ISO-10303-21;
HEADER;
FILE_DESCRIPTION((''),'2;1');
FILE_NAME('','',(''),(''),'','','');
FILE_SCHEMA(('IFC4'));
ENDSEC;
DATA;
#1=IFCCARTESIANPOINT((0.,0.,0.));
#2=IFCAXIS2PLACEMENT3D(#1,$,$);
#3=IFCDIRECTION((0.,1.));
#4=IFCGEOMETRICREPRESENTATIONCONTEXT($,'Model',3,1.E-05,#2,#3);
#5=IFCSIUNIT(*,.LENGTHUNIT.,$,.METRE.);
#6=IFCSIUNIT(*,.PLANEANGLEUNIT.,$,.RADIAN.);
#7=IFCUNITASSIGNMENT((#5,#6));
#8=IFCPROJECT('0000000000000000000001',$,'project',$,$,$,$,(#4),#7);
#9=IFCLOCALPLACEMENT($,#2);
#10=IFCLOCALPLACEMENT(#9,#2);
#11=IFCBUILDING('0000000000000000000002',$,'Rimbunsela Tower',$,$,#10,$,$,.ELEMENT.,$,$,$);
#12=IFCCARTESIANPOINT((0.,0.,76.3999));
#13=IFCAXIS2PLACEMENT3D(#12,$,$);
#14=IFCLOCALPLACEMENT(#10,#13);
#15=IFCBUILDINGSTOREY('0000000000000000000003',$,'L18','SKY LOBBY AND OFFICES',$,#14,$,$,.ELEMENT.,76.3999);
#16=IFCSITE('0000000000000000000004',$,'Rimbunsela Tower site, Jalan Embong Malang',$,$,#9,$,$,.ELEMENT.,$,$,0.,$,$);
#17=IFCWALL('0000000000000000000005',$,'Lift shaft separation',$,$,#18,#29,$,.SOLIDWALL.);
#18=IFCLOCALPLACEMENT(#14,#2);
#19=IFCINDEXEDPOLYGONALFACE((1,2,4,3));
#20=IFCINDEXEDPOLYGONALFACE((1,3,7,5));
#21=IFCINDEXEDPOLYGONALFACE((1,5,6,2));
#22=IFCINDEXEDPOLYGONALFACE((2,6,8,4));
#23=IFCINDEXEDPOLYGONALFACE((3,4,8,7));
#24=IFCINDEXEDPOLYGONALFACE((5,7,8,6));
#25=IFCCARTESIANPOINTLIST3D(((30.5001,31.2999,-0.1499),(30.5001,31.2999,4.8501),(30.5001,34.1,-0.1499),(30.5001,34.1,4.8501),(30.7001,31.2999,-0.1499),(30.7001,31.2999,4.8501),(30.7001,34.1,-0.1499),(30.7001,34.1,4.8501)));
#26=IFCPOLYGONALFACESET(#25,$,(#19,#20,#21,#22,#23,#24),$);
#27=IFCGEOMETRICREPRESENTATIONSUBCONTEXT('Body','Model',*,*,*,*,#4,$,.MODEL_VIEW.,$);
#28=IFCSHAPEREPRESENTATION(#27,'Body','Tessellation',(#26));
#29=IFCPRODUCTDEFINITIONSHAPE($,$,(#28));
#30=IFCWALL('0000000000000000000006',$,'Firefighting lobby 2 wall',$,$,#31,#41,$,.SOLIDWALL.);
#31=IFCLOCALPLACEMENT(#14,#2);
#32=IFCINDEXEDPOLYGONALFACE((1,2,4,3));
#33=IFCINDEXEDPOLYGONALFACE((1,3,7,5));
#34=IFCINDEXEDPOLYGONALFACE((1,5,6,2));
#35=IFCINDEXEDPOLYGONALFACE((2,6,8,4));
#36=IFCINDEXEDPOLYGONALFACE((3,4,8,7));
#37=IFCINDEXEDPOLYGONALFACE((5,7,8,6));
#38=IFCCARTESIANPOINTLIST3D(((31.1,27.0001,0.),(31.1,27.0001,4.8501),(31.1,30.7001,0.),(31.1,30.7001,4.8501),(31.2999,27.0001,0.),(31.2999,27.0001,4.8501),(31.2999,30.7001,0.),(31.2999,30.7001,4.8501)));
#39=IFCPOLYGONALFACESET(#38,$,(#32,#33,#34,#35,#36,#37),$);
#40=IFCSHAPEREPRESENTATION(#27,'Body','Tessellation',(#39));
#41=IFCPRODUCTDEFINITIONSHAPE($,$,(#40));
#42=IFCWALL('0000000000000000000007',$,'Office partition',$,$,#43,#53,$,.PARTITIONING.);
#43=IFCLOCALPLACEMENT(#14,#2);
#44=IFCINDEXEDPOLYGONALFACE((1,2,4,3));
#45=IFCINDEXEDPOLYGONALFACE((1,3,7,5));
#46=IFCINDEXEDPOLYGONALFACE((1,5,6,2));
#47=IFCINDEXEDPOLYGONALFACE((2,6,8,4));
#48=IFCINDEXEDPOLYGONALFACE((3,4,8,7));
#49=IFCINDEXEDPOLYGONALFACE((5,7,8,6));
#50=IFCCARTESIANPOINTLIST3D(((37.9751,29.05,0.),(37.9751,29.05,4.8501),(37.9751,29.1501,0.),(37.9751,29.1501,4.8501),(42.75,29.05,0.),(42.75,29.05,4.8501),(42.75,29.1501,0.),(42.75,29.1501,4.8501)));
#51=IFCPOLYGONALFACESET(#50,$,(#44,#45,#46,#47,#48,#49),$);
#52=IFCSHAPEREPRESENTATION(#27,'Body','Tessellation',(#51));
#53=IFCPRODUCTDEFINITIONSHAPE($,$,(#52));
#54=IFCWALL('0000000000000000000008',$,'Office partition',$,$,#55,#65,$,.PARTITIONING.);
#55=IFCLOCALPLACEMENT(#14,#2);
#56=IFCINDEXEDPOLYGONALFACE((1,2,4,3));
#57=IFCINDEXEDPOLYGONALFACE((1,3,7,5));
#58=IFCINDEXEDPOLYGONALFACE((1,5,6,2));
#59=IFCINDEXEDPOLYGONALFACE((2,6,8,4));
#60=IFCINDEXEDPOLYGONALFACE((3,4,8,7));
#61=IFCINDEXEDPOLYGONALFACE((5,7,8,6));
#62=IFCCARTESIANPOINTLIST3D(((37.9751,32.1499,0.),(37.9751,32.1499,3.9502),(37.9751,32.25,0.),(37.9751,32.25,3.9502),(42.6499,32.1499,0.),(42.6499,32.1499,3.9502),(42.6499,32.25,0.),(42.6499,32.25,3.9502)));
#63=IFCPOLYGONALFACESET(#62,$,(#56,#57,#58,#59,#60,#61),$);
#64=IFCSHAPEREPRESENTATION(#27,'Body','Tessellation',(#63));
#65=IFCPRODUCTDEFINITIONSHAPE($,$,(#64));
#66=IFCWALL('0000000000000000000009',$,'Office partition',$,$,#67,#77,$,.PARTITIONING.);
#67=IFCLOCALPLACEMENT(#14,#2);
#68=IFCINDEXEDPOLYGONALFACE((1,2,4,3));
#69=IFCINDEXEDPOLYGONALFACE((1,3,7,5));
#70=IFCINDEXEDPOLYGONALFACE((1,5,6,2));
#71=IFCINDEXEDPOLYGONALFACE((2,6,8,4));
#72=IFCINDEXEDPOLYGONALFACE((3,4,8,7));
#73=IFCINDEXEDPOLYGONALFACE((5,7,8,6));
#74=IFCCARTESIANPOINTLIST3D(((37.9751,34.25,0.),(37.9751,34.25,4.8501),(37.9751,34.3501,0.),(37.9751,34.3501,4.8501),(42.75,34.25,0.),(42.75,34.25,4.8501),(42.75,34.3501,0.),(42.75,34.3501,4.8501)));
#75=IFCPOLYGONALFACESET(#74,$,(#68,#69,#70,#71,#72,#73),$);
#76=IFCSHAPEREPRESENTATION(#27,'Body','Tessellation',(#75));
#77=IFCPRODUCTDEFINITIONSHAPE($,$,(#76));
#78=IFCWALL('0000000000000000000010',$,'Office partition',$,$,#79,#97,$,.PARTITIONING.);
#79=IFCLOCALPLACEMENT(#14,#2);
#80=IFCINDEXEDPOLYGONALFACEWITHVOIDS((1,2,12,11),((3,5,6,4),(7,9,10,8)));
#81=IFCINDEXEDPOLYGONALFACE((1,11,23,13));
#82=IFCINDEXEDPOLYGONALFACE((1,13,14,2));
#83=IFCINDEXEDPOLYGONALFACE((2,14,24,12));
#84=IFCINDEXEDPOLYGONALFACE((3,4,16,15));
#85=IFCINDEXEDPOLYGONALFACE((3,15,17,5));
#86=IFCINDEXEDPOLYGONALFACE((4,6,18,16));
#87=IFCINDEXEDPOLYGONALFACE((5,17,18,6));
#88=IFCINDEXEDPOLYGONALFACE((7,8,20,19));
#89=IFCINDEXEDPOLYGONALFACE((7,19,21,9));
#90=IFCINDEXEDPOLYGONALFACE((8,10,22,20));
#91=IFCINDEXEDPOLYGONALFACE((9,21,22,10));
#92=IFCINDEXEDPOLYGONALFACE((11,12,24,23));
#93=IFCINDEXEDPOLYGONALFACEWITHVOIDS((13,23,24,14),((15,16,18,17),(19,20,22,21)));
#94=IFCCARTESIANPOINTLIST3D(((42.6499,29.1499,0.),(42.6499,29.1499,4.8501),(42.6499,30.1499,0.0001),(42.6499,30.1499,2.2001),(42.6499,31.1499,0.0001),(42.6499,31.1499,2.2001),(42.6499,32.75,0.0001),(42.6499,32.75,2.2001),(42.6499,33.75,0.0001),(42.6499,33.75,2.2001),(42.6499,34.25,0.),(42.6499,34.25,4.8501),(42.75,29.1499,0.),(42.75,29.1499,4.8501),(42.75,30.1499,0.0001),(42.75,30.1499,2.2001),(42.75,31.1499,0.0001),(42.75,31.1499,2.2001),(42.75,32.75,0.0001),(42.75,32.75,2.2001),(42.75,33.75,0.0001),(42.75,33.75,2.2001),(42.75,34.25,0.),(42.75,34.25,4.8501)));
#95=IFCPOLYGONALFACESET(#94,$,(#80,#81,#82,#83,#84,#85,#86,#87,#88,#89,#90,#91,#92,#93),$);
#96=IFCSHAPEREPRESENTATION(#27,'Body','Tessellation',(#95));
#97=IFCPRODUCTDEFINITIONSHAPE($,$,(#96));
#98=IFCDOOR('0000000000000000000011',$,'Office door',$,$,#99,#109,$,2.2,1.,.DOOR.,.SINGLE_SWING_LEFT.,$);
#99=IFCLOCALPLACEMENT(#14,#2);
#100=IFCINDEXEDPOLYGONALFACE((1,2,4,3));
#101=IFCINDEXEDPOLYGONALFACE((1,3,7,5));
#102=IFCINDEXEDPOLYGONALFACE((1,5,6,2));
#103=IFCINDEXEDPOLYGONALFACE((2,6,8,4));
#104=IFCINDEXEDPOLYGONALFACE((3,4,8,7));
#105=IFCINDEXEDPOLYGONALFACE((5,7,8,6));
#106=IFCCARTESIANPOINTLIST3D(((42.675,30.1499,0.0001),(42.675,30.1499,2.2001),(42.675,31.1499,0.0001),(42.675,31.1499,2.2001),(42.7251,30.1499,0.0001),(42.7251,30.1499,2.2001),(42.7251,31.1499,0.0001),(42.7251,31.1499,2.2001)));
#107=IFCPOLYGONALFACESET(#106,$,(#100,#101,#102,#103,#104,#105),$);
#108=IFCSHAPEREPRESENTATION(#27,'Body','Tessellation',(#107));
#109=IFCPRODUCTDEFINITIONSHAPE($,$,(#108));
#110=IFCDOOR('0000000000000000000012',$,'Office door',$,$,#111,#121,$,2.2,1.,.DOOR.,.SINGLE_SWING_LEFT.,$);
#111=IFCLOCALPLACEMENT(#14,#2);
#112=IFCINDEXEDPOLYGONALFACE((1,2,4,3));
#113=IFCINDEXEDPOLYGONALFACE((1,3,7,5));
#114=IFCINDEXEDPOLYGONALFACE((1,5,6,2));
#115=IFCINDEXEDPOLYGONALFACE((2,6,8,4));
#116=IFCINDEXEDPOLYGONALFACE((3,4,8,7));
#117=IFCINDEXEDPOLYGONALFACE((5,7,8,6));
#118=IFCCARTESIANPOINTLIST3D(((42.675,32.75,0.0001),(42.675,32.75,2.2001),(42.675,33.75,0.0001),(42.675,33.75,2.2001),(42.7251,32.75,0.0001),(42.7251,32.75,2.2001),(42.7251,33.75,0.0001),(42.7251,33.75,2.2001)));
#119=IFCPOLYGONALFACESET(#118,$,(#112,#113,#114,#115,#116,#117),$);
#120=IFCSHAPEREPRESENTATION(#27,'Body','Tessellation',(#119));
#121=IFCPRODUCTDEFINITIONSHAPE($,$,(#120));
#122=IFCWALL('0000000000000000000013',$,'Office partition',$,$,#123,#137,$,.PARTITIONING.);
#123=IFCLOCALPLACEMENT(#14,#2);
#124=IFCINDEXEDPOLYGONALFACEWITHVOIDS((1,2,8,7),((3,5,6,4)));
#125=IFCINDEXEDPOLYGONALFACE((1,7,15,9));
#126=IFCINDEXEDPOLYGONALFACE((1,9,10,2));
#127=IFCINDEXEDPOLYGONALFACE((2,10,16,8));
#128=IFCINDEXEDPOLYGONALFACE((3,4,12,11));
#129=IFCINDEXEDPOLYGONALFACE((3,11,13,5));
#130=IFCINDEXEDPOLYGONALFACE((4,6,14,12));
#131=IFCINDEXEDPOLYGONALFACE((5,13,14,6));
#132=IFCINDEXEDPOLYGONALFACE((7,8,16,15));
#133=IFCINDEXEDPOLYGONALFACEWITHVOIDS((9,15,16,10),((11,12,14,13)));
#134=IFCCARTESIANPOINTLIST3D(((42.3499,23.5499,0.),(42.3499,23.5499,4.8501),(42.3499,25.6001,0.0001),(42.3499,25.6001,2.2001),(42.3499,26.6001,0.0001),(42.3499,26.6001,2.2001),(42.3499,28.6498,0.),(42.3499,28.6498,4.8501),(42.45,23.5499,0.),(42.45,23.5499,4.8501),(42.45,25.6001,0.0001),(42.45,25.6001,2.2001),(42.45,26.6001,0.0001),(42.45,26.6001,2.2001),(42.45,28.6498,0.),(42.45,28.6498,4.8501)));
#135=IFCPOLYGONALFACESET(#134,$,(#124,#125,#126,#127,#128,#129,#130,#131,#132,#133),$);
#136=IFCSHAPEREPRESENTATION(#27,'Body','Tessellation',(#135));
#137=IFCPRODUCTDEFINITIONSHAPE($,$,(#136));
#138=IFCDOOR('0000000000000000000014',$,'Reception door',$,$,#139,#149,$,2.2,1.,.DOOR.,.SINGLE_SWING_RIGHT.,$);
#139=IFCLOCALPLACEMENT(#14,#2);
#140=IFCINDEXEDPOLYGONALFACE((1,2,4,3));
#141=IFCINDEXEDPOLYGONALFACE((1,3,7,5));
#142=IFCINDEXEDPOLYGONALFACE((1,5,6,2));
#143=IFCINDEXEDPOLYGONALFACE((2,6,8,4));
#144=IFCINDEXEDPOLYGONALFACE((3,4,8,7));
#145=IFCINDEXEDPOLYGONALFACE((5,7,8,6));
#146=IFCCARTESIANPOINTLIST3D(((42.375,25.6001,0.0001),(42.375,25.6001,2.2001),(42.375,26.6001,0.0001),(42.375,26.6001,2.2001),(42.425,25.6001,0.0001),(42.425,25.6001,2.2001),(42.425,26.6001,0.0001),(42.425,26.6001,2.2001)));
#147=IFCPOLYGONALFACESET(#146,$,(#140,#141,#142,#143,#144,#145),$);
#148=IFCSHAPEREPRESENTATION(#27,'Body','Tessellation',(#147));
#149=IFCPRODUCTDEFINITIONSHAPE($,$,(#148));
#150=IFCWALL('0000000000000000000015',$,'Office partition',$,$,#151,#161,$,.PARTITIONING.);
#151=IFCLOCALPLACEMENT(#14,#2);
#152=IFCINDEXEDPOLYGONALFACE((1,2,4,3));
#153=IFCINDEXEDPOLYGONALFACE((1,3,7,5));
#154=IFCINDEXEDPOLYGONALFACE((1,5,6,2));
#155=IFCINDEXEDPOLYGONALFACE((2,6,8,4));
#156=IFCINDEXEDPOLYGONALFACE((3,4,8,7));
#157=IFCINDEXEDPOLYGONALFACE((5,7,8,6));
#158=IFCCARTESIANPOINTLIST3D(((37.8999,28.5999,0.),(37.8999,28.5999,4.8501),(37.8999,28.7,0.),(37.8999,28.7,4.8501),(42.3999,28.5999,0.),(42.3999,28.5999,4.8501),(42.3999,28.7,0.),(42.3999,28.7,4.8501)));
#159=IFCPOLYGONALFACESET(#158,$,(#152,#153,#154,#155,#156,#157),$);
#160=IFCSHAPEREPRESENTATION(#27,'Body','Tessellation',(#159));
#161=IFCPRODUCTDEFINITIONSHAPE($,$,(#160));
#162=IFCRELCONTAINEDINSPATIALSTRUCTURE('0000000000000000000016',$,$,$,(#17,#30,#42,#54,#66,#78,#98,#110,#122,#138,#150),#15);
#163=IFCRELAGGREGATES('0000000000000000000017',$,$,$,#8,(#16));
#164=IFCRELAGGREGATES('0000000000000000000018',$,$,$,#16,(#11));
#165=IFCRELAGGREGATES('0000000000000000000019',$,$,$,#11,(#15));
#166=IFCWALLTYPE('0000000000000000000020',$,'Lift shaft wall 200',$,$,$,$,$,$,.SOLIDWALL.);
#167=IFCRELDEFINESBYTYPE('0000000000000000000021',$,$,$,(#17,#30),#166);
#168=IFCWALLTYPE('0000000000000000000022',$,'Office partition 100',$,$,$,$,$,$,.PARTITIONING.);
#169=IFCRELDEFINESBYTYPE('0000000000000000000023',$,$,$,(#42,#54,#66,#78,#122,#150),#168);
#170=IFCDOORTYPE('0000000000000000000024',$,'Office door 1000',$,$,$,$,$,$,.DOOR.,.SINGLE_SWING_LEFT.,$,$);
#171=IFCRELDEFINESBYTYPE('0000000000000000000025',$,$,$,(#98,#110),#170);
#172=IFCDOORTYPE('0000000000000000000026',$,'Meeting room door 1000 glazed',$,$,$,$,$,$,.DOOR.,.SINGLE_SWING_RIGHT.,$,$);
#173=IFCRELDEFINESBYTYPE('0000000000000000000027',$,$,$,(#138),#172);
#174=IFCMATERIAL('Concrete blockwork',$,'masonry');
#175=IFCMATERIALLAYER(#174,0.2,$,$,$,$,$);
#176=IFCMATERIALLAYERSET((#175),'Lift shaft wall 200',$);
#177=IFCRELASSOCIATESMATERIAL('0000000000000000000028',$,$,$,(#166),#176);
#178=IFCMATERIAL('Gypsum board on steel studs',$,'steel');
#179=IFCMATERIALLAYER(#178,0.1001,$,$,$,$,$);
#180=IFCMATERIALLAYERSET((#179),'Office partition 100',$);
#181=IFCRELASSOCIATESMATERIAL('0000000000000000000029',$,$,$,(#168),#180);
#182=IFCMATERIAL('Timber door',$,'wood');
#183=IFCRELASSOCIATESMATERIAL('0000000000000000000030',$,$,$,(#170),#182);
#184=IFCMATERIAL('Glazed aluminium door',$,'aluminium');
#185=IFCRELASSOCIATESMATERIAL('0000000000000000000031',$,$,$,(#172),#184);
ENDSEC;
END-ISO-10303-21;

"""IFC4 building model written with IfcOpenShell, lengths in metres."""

from ifc_helpers import new_model, si_unit, direction, frame, frame_2d, origin, place, context, subcontext, project, spatial, rectangle, extrude, material, layer, layer_set, type_object, element, fill, save


model = new_model("IFC4")

# Units and contexts
model_context = context("Model", 3, precision=1e-05, world=origin(), true_north=direction((0.0, 1.0)))
body_context = subcontext(model_context, "Body", "Model", "MODEL_VIEW")
ifc_project = project(units=[si_unit("LENGTHUNIT", "METRE"), si_unit("PLANEANGLEUNIT", "RADIAN")], contexts=[model_context])

# Site, building, storey
site_placement = place(None, origin())
site = spatial("IfcSite", under=ifc_project, at=site_placement, Name="Rimbunsela Tower site, Jalan Embong Malang", CompositionType="ELEMENT", RefElevation=0.0)
building_placement = place(site_placement, origin())
building = spatial("IfcBuilding", under=site, at=building_placement, Name="Rimbunsela Tower", CompositionType="ELEMENT")
storey_placement = place(building_placement, frame((0.0, 0.0, 76.3999)))
storey = spatial("IfcBuildingStorey", under=building, at=storey_placement, Name="L18", Description="SKY LOBBY AND OFFICES", CompositionType="ELEMENT", Elevation=76.3999)

# Walls
ifc_material_1 = material(Name="Concrete blockwork", Category="masonry")
ifc_layer_1 = layer(ifc_material_1, 0.2)
ifc_layer_set_1 = layer_set([ifc_layer_1], Name="Lift shaft wall 200")
wall_type_1 = type_object("IfcWallType", Name="Lift shaft wall 200", PredefinedType="SOLIDWALL", material=ifc_layer_set_1)
wall_1_placement = place(storey_placement, frame((30.6001, 31.3, -0.1499), z_axis=(0.0, 0.0, 1.0), x_axis=(0.0, 1.0, 0.0)))
element("IfcWall", 1, at=wall_1_placement, inside=storey, type_object=wall_type_1, Name="Lift shaft separation", PredefinedType="SOLIDWALL", context=body_context, shape_type="SweptSolid", body=[
    extrude(rectangle(XDim=2.8, YDim=0.2, at=frame_2d((1.3999, 0.0))), origin(), (0.0, 0.0, 1.0), 5.0),
])
wall_2_placement = place(storey_placement, frame((31.2, 27.0, 0.0), z_axis=(0.0, 0.0, 1.0), x_axis=(0.0, 1.0, 0.0)))
element("IfcWall", 2, at=wall_2_placement, inside=storey, type_object=wall_type_1, Name="Firefighting lobby 2 wall", PredefinedType="SOLIDWALL", context=body_context, shape_type="SweptSolid", body=[
    extrude(rectangle(XDim=3.7, YDim=0.2, at=frame_2d((1.8501, 0.0))), origin(), (0.0, 0.0, 1.0), 4.8501),
])
ifc_material_2 = material(Name="Gypsum board on steel studs", Category="steel")
ifc_layer_2 = layer(ifc_material_2, 0.1001)
ifc_layer_set_2 = layer_set([ifc_layer_2], Name="Office partition 100")
wall_type_2 = type_object("IfcWallType", Name="Office partition 100", PredefinedType="PARTITIONING", material=ifc_layer_set_2)
wall_3_placement = place(storey_placement, frame((37.9751, 29.1001, 0.0), z_axis=(0.0, 0.0, 1.0), x_axis=(1.0, 0.0, 0.0)))
element("IfcWall", 3, at=wall_3_placement, inside=storey, type_object=wall_type_2, Name="Office partition", PredefinedType="PARTITIONING", context=body_context, shape_type="SweptSolid", body=[
    extrude(rectangle(XDim=4.7749, YDim=0.1001, at=frame_2d((2.3875, 0.0))), origin(), (0.0, 0.0, 1.0), 4.8501),
])
wall_4_placement = place(storey_placement, frame((37.9751, 32.2, 0.0), z_axis=(0.0, 0.0, 1.0), x_axis=(1.0, 0.0, 0.0)))
element("IfcWall", 4, at=wall_4_placement, inside=storey, type_object=wall_type_2, Name="Office partition", PredefinedType="PARTITIONING", context=body_context, shape_type="SweptSolid", body=[
    extrude(rectangle(XDim=4.6748, YDim=0.1001, at=frame_2d((2.3374, 0.0))), origin(), (0.0, 0.0, 1.0), 3.9502),
])
wall_5_placement = place(storey_placement, frame((37.9751, 34.3, 0.0), z_axis=(0.0, 0.0, 1.0), x_axis=(1.0, 0.0, 0.0)))
element("IfcWall", 5, at=wall_5_placement, inside=storey, type_object=wall_type_2, Name="Office partition", PredefinedType="PARTITIONING", context=body_context, shape_type="SweptSolid", body=[
    extrude(rectangle(XDim=4.7749, YDim=0.1001, at=frame_2d((2.3875, 0.0))), origin(), (0.0, 0.0, 1.0), 4.8501),
])

# Wall, openings, doors
wall_6_placement = place(storey_placement, frame((42.7, 29.1499, 0.0), z_axis=(0.0, 0.0, 1.0), x_axis=(0.0, 1.0, 0.0)))
wall_6 = element("IfcWall", 6, at=wall_6_placement, inside=storey, type_object=wall_type_2, Name="Office partition", PredefinedType="PARTITIONING", context=body_context, shape_type="SweptSolid", body=[
    extrude(rectangle(XDim=5.1001, YDim=0.1001, at=frame_2d((2.55, 0.0))), origin(), (0.0, 0.0, 1.0), 4.8501),
])
opening_1_placement = place(wall_6_placement, frame((1.0, 0.0, 0.0)))
opening_1 = element("IfcOpeningElement", 7, at=opening_1_placement, cuts=wall_6, PredefinedType="OPENING", context=body_context, shape_type="SweptSolid", body=[
    extrude(rectangle(XDim=1.0, YDim=2.2, at=frame_2d((0.5, 1.1001))), frame((0.0, 0.0601, 0.0), z_axis=(0.0, -1.0, 0.0), x_axis=(1.0, 0.0, 0.0)), (0.0, 0.0, 1.0), 0.1201),
])
opening_2_placement = place(wall_6_placement, frame((3.6001, 0.0, 0.0)))
opening_2 = element("IfcOpeningElement", 8, at=opening_2_placement, cuts=wall_6, PredefinedType="OPENING", context=body_context, shape_type="SweptSolid", body=[
    extrude(rectangle(XDim=1.0, YDim=2.2, at=frame_2d((0.5, 1.1001))), frame((0.0, 0.0601, 0.0), z_axis=(0.0, -1.0, 0.0), x_axis=(1.0, 0.0, 0.0)), (0.0, 0.0, 1.0), 0.1201),
])
ifc_material_3 = material(Name="Timber door", Category="wood")
door_type_1 = type_object("IfcDoorType", Name="Office door 1000", OperationType="SINGLE_SWING_LEFT", PredefinedType="DOOR", material=ifc_material_3)
door_1_placement = place(opening_1_placement, origin())
door_1 = element("IfcDoor", 9, at=door_1_placement, inside=storey, type_object=door_type_1, Name="Office door", OperationType="SINGLE_SWING_LEFT", OverallHeight=2.2, OverallWidth=1.0, PredefinedType="DOOR", context=body_context, shape_type="SweptSolid", body=[
    extrude(rectangle(XDim=1.0, YDim=2.2, at=frame_2d((0.5, 1.1001))), frame((0.0, 0.0249, 0.0), z_axis=(0.0, -1.0, 0.0), x_axis=(1.0, 0.0, 0.0)), (0.0, 0.0, 1.0), 0.05),
])
fill(opening_1, door_1)
door_2_placement = place(opening_2_placement, origin())
door_2 = element("IfcDoor", 10, at=door_2_placement, inside=storey, type_object=door_type_1, Name="Office door", OperationType="SINGLE_SWING_LEFT", OverallHeight=2.2, OverallWidth=1.0, PredefinedType="DOOR", context=body_context, shape_type="SweptSolid", body=[
    extrude(rectangle(XDim=1.0, YDim=2.2, at=frame_2d((0.5, 1.1001))), frame((0.0, 0.0249, 0.0), z_axis=(0.0, -1.0, 0.0), x_axis=(1.0, 0.0, 0.0)), (0.0, 0.0, 1.0), 0.05),
])
fill(opening_2, door_2)

# Wall, opening, door
wall_7_placement = place(storey_placement, frame((42.3999, 23.55, 0.0), z_axis=(0.0, 0.0, 1.0), x_axis=(0.0, 1.0, 0.0)))
wall_7 = element("IfcWall", 11, at=wall_7_placement, inside=storey, type_object=wall_type_2, Name="Office partition", PredefinedType="PARTITIONING", context=body_context, shape_type="SweptSolid", body=[
    extrude(rectangle(XDim=5.0999, YDim=0.1001, at=frame_2d((2.5498, 0.0))), origin(), (0.0, 0.0, 1.0), 4.8501),
])
opening_3_placement = place(wall_7_placement, frame((2.05, 0.0, 0.0)))
opening_3 = element("IfcOpeningElement", 12, at=opening_3_placement, cuts=wall_7, PredefinedType="OPENING", context=body_context, shape_type="SweptSolid", body=[
    extrude(rectangle(XDim=1.0, YDim=2.2, at=frame_2d((0.5, 1.1001))), frame((0.0, 0.0601, 0.0), z_axis=(0.0, -1.0, 0.0), x_axis=(1.0, 0.0, 0.0)), (0.0, 0.0, 1.0), 0.1201),
])
ifc_material_4 = material(Name="Glazed aluminium door", Category="aluminium")
door_type_2 = type_object("IfcDoorType", Name="Meeting room door 1000 glazed", OperationType="SINGLE_SWING_RIGHT", PredefinedType="DOOR", material=ifc_material_4)
door_3_placement = place(opening_3_placement, origin())
door_3 = element("IfcDoor", 13, at=door_3_placement, inside=storey, type_object=door_type_2, Name="Reception door", OperationType="SINGLE_SWING_RIGHT", OverallHeight=2.2, OverallWidth=1.0, PredefinedType="DOOR", context=body_context, shape_type="SweptSolid", body=[
    extrude(rectangle(XDim=1.0, YDim=2.2, at=frame_2d((0.5, 1.1001))), frame((0.0, 0.0249, 0.0), z_axis=(0.0, -1.0, 0.0), x_axis=(1.0, 0.0, 0.0)), (0.0, 0.0, 1.0), 0.05),
])
fill(opening_3, door_3)

# Wall
wall_8_placement = place(storey_placement, frame((42.3999, 28.6499, 0.0), z_axis=(0.0, 0.0, 1.0), x_axis=(-1.0, 0.0, 0.0)))
element("IfcWall", 14, at=wall_8_placement, inside=storey, type_object=wall_type_2, Name="Office partition", PredefinedType="PARTITIONING", context=body_context, shape_type="SweptSolid", body=[
    extrude(rectangle(XDim=4.5, YDim=0.1001, at=frame_2d((2.25, 0.0))), origin(), (0.0, 0.0, 1.0), 4.8501),
])

save(model, "model.ifc")
